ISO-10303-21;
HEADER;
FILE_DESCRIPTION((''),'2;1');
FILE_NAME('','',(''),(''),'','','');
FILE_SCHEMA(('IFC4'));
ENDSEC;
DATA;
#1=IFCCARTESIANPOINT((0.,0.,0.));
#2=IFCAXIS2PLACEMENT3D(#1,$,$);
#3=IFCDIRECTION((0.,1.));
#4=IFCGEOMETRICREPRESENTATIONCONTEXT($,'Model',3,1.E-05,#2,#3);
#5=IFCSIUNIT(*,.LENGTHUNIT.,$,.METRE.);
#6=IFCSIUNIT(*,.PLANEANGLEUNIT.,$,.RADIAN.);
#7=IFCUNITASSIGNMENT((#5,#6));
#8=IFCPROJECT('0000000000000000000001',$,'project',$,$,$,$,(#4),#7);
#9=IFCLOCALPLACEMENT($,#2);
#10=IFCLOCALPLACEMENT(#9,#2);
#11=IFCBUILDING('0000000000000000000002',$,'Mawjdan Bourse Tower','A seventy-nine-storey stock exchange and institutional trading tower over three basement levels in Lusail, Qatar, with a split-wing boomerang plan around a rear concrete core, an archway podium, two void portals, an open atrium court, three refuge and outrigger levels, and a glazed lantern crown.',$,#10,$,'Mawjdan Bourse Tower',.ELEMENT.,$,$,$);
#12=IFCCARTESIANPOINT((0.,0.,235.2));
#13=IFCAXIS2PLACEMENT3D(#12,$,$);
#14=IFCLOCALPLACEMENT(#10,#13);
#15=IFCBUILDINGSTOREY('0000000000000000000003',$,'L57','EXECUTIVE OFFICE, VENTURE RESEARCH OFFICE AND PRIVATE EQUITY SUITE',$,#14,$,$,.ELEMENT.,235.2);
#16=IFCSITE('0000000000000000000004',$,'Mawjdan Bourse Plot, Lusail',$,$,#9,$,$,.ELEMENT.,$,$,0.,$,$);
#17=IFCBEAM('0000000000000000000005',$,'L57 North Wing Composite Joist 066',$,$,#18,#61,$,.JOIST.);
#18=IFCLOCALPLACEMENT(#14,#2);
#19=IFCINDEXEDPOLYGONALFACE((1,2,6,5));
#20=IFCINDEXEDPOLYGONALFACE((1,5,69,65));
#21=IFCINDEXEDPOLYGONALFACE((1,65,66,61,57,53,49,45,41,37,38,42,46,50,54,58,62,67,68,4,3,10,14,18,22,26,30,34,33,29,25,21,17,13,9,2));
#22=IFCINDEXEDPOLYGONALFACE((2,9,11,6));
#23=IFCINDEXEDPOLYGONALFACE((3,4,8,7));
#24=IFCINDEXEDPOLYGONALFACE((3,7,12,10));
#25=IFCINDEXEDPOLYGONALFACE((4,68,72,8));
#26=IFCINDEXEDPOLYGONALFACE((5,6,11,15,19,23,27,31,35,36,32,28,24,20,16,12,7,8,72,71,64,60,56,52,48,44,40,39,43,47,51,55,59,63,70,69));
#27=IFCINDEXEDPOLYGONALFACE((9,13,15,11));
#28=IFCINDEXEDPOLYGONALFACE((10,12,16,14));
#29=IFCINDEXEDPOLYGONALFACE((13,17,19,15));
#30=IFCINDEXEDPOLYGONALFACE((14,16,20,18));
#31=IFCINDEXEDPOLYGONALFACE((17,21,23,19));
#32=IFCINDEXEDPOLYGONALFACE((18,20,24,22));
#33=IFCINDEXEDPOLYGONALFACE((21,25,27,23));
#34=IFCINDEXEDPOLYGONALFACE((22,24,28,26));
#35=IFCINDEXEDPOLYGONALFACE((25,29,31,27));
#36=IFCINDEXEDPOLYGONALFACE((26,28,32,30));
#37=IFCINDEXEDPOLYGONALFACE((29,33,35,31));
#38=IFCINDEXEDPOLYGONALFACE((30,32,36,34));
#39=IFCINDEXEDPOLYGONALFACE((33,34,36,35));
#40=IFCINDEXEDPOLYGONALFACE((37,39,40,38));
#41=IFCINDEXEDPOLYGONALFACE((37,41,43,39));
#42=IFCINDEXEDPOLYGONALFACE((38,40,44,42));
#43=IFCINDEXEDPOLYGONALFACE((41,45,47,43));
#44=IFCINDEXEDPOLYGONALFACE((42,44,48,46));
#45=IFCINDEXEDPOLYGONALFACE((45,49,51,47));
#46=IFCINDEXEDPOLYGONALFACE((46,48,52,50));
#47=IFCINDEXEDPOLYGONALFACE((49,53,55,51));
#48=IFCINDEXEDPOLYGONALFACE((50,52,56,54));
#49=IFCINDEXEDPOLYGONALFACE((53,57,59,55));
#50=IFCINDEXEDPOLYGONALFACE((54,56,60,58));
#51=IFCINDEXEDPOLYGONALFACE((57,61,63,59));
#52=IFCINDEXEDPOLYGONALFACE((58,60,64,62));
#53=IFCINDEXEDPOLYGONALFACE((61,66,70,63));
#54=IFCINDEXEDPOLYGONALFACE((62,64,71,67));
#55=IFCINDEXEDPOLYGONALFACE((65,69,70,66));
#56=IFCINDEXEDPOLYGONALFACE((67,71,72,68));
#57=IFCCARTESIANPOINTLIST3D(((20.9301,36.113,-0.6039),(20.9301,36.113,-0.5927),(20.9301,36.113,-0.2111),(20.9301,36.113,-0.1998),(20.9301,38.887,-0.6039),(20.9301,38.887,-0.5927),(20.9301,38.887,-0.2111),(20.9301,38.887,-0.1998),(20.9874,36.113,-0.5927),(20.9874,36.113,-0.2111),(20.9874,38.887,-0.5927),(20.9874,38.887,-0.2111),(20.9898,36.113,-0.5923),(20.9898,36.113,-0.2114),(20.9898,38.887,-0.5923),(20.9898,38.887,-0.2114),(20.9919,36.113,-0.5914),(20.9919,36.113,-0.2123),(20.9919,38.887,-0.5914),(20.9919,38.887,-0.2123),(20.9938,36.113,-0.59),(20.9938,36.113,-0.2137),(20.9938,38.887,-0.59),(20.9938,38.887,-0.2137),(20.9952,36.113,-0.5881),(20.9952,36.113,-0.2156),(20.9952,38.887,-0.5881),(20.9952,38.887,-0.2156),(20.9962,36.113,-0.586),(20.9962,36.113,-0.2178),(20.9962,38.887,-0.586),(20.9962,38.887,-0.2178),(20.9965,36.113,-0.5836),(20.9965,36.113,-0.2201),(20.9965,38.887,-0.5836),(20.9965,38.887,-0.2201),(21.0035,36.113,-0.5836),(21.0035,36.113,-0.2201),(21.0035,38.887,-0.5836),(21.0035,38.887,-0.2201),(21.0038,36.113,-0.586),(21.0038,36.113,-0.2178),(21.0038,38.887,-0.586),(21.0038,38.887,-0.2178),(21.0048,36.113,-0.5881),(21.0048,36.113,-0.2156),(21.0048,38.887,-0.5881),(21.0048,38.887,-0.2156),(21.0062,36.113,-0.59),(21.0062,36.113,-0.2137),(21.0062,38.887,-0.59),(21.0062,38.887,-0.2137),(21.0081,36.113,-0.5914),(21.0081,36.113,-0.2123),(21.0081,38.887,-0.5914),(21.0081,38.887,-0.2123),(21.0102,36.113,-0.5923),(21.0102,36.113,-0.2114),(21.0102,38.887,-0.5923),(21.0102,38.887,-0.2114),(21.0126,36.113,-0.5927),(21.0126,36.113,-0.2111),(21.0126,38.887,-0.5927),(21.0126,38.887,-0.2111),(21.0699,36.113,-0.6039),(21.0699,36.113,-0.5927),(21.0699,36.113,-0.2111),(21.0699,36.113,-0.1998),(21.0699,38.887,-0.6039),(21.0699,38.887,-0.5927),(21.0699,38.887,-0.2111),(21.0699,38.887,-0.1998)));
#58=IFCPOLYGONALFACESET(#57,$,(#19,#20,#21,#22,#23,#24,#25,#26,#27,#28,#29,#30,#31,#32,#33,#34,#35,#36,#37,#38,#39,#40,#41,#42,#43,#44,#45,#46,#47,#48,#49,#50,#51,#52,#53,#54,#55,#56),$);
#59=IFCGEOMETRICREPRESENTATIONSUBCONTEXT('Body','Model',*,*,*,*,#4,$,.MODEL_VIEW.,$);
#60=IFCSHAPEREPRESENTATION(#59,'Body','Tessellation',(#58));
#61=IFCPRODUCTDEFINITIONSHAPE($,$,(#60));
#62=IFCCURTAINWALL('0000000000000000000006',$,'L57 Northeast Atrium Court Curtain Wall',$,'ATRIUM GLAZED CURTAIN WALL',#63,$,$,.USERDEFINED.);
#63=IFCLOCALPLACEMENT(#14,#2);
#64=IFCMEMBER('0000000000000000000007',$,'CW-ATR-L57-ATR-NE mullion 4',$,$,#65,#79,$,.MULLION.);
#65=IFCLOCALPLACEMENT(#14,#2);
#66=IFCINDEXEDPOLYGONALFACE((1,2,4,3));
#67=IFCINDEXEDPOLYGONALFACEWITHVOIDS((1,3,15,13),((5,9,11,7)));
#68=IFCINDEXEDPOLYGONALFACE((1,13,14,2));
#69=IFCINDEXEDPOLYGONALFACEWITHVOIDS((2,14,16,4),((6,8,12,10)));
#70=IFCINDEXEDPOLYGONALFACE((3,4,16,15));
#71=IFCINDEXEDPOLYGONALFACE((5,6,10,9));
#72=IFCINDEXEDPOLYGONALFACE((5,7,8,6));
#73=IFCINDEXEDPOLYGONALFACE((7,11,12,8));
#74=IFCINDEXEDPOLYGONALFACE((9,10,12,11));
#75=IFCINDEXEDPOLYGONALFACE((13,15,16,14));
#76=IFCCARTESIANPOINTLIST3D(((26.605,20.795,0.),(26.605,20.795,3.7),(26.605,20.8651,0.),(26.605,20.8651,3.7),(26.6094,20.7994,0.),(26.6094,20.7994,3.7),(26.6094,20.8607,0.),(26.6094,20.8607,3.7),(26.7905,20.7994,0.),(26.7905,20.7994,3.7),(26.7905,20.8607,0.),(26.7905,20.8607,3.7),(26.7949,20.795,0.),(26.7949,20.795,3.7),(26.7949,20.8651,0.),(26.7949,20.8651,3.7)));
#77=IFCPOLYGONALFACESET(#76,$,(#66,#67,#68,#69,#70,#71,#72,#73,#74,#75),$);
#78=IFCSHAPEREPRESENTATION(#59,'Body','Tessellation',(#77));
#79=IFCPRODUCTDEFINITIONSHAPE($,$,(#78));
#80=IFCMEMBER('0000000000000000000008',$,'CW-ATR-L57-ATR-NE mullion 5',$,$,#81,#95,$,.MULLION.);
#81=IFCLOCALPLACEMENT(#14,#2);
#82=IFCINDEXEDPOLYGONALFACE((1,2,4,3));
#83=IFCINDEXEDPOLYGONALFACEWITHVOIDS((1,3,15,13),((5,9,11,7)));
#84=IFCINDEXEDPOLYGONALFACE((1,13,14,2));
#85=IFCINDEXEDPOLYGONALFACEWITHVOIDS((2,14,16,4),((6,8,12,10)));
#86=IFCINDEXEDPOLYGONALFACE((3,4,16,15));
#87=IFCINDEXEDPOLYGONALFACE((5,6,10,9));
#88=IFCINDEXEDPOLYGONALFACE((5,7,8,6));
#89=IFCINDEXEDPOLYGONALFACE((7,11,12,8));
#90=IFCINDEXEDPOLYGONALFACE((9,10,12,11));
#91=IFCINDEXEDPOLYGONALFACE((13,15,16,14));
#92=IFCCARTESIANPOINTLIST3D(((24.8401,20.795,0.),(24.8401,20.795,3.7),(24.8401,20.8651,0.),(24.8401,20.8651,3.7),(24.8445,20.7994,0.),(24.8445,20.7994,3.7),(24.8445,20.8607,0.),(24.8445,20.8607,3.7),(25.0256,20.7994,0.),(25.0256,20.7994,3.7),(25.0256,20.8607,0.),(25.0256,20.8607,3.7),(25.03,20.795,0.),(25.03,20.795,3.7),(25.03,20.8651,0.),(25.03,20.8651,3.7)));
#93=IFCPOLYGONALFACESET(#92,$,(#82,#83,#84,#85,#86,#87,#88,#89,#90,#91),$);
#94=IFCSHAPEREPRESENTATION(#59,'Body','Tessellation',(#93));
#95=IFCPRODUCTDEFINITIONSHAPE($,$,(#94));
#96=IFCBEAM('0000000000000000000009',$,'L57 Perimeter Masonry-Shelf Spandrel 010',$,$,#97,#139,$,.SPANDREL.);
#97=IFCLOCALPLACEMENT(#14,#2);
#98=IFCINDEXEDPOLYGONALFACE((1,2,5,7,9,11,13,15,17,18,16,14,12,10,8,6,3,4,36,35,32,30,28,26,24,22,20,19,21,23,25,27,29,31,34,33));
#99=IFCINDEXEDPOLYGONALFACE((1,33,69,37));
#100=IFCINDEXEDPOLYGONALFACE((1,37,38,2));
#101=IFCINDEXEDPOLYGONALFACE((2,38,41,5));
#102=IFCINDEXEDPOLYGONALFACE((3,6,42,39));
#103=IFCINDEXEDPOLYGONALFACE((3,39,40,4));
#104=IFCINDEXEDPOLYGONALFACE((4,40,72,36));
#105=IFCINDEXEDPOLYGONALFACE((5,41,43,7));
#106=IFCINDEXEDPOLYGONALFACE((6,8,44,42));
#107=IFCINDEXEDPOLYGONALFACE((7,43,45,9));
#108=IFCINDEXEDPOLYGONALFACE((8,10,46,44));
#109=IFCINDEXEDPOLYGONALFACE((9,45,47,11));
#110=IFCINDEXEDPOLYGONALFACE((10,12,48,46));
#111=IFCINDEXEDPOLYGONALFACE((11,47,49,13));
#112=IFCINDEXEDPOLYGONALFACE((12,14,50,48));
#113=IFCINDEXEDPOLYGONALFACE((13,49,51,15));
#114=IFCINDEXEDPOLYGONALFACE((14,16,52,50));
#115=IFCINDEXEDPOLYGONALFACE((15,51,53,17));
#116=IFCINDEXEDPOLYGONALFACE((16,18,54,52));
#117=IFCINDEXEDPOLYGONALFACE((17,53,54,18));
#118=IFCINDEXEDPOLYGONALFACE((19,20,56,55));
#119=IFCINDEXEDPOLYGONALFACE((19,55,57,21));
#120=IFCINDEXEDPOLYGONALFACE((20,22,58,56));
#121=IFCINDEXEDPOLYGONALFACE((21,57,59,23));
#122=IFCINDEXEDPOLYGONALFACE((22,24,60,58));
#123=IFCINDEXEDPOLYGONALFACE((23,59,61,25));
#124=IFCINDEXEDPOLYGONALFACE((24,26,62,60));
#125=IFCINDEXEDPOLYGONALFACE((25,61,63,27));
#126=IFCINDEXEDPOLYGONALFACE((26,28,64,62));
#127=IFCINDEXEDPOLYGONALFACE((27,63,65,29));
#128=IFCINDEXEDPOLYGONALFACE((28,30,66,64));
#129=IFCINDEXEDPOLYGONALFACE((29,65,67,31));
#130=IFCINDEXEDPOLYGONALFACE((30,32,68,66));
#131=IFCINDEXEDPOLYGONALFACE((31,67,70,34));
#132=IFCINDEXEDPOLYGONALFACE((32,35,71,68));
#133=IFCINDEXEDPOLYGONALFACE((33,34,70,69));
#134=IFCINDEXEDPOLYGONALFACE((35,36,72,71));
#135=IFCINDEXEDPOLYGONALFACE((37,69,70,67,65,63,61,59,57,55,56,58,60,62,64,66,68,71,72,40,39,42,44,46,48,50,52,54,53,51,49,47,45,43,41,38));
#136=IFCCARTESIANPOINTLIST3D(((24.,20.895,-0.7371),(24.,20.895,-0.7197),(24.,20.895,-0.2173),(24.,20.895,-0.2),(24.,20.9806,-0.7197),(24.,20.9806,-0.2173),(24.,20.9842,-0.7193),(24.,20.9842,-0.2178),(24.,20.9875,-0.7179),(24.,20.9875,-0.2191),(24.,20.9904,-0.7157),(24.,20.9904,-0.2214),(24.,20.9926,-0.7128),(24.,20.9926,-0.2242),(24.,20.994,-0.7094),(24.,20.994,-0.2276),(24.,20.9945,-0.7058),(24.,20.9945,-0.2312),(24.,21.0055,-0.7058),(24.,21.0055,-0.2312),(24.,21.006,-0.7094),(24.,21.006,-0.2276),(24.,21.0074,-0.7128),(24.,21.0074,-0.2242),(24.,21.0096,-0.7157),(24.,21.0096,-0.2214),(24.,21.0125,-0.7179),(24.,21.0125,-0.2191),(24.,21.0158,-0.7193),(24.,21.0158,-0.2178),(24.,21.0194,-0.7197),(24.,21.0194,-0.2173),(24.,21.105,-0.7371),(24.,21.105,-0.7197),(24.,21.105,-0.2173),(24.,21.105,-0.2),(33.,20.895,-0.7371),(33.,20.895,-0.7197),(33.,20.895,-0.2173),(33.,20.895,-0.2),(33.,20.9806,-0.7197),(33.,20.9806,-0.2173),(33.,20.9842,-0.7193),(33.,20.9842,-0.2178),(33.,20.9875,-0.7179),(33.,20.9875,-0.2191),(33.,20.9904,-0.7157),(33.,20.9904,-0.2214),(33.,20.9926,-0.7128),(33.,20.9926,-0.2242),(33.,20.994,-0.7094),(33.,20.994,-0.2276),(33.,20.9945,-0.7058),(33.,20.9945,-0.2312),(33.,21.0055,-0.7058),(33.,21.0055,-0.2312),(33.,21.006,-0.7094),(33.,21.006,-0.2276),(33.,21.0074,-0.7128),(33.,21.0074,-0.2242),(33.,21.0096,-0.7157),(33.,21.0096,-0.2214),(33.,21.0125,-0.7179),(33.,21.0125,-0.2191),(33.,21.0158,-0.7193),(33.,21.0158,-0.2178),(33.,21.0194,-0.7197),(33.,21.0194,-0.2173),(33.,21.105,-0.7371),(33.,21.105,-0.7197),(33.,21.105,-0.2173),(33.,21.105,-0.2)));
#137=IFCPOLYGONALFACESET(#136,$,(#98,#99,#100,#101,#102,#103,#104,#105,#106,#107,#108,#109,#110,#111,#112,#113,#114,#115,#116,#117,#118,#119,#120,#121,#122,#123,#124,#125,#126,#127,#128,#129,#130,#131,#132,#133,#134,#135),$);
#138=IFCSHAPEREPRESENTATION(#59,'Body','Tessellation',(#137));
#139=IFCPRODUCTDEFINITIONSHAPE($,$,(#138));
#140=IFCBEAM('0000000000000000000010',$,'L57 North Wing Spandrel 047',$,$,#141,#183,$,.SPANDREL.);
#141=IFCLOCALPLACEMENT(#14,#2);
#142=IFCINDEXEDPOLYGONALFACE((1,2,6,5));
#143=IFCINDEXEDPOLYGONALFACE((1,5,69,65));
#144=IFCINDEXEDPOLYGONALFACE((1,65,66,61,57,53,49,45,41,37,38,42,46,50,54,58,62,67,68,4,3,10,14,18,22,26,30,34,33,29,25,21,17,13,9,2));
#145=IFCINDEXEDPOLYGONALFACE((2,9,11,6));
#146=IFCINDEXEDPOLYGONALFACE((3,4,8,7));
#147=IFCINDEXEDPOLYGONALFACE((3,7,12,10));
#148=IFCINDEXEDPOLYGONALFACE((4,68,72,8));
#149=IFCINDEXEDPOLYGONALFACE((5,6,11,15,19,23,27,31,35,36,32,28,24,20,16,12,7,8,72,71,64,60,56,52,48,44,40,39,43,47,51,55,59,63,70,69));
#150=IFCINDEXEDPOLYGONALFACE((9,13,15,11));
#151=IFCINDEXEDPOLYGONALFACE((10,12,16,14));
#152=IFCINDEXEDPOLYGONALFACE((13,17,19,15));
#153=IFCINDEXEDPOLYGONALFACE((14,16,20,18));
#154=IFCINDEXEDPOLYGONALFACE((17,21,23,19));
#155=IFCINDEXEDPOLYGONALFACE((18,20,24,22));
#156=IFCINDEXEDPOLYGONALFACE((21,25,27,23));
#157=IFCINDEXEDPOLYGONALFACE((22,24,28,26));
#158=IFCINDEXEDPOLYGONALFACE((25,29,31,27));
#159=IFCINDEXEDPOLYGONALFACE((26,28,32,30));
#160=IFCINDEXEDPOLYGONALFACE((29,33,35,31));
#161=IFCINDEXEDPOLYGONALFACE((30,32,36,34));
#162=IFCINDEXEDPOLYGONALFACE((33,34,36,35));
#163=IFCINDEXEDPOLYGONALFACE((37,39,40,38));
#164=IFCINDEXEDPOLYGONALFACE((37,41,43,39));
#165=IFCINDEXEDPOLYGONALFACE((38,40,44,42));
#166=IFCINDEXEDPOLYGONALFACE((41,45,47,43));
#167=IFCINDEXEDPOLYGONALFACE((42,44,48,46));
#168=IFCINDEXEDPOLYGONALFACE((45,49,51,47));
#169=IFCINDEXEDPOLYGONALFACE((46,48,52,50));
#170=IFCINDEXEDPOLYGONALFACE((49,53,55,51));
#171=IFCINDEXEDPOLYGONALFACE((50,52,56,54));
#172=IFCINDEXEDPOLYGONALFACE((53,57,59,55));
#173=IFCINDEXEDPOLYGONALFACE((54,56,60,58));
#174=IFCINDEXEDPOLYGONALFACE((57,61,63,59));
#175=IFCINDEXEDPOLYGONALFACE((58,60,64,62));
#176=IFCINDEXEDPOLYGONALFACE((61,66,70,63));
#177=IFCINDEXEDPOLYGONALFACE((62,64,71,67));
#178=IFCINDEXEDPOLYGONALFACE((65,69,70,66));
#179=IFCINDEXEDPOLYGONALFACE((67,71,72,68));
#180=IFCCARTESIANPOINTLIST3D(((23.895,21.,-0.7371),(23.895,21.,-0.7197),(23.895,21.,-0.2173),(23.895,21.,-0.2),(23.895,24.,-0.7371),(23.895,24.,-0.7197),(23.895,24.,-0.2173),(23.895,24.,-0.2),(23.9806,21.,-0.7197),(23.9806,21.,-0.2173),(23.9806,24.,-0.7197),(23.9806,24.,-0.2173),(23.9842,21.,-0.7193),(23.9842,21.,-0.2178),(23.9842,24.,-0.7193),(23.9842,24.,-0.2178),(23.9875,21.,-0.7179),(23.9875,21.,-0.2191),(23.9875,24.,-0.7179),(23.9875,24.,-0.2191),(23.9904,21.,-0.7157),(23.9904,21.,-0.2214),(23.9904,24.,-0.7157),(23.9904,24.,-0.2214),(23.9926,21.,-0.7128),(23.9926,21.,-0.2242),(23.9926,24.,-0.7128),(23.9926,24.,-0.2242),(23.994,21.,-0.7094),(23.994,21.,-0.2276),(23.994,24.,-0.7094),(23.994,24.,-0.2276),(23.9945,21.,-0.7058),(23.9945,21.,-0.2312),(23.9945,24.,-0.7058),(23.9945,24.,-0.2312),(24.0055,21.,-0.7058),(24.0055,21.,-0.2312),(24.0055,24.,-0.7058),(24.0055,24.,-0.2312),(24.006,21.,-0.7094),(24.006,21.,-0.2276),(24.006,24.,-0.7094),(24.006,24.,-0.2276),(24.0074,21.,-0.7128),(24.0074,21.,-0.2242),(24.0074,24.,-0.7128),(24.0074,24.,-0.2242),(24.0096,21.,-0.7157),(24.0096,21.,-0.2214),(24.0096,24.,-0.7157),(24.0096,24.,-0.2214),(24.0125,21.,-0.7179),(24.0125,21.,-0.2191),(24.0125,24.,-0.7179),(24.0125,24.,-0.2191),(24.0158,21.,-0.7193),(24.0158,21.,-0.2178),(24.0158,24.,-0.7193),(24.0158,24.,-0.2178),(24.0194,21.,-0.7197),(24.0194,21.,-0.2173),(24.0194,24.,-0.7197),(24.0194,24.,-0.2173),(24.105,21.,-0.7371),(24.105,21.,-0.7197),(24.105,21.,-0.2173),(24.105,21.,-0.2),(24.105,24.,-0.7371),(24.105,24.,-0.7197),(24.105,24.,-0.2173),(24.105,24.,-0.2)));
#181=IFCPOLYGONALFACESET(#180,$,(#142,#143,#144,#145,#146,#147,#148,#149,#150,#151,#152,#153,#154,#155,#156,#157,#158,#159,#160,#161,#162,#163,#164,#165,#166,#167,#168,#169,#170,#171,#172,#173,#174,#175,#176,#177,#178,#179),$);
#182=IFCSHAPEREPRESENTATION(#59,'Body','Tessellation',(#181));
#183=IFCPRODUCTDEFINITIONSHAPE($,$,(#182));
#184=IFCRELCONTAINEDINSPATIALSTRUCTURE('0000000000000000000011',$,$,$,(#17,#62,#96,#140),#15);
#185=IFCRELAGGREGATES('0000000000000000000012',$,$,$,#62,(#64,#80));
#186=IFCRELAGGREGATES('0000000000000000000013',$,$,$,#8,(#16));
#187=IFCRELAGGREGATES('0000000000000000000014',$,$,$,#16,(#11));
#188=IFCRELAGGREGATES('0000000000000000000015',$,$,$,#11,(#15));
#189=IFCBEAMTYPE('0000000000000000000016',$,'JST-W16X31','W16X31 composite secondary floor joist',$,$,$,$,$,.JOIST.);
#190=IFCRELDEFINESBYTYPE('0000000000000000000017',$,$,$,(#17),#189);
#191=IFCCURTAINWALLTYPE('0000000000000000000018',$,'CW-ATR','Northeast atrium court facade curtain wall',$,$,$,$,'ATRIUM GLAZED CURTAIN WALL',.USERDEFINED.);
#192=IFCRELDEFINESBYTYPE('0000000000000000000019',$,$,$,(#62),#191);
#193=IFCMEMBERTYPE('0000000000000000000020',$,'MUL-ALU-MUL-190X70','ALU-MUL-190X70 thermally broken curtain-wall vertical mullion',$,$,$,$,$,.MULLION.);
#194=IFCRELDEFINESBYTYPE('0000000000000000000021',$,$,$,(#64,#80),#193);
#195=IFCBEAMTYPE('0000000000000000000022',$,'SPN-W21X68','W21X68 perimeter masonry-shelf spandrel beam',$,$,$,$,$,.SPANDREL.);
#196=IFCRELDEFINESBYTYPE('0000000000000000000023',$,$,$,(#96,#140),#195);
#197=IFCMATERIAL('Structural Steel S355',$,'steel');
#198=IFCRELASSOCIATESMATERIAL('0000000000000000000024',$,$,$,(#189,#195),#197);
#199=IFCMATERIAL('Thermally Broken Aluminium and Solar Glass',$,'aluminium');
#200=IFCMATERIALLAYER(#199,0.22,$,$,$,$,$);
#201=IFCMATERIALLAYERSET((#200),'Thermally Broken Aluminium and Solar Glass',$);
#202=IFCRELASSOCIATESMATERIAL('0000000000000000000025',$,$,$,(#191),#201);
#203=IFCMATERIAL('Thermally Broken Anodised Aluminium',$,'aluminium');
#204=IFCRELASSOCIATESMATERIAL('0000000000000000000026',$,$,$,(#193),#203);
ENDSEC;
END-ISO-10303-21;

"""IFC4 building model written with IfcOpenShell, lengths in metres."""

from ifc_helpers import new_model, si_unit, direction, frame, origin, origin_2d, place, context, subcontext, project, spatial, hollow_rectangle, i_section, extrude, material, layer, layer_set, material_profile, profile_set, type_object, element, aggregate, save


model = new_model("IFC4")

# Units and contexts
model_context = context("Model", 3, precision=1e-05, world=origin(), true_north=direction((0.0, 1.0)))
body_context = subcontext(model_context, "Body", "Model", "MODEL_VIEW")
ifc_project = project(units=[si_unit("LENGTHUNIT", "METRE"), si_unit("PLANEANGLEUNIT", "RADIAN")], contexts=[model_context])

# Site, building, storey
site_placement = place(None, origin())
site = spatial("IfcSite", under=ifc_project, at=site_placement, Name="Mawjdan Bourse Plot, Lusail", CompositionType="ELEMENT", RefElevation=0.0)
building_placement = place(site_placement, origin())
building = spatial("IfcBuilding", under=site, at=building_placement, Name="Mawjdan Bourse Tower", Description="A seventy-nine-storey stock exchange and institutional trading tower over three basement levels in Lusail, Qatar, with a split-wing boomerang plan around a rear concrete core, an archway podium, two void portals, an open atrium court, three refuge and outrigger levels, and a glazed lantern crown.", LongName="Mawjdan Bourse Tower", CompositionType="ELEMENT")
storey_placement = place(building_placement, frame((0.0, 0.0, 235.2)))
storey = spatial("IfcBuildingStorey", under=building, at=storey_placement, Name="L57", Description="EXECUTIVE OFFICE, VENTURE RESEARCH OFFICE AND PRIVATE EQUITY SUITE", CompositionType="ELEMENT", Elevation=235.2)

# Beam
ifc_material_1 = material(Name="Structural Steel S355", Category="steel")
ifc_material_profile_1 = material_profile(ifc_material_1, i_section(OverallWidth=0.1399, OverallDepth=0.4041, WebThickness=0.0071, FlangeThickness=0.0112, FilletRadius=0.009, at=origin_2d()), Name="W16X31")
ifc_profile_set_1 = profile_set([ifc_material_profile_1], Name="Structural Steel S355")
beam_type_1 = type_object("IfcBeamType", Name="JST-W16X31", Description="W16X31 composite secondary floor joist", PredefinedType="JOIST", material=ifc_profile_set_1)
beam_1_placement = place(storey_placement, frame((21.0, 36.113, -0.4019), z_axis=(0.0, 1.0, 0.0), x_axis=(-1.0, 0.0, 0.0)))
element("IfcBeam", 1, at=beam_1_placement, inside=storey, type_object=beam_type_1, Name="L57 North Wing Composite Joist 066", PredefinedType="JOIST", context=body_context, shape_type="SweptSolid", body=[
    extrude(i_section(OverallWidth=0.1399, OverallDepth=0.4041, WebThickness=0.0071, FlangeThickness=0.0112, FilletRadius=0.009, at=origin_2d()), origin(), (0.0, 0.0, 1.0), 2.7739),
])

# Curtain wall, members
ifc_material_2 = material(Name="Thermally Broken Aluminium and Solar Glass", Category="aluminium")
ifc_layer_1 = layer(ifc_material_2, 0.22)
ifc_layer_set_1 = layer_set([ifc_layer_1], Name="Thermally Broken Aluminium and Solar Glass")
curtain_wall_type = type_object("IfcCurtainWallType", Name="CW-ATR", Description="Northeast atrium court facade curtain wall", ElementType="ATRIUM GLAZED CURTAIN WALL", PredefinedType="USERDEFINED", material=ifc_layer_set_1)
curtain_wall_placement = place(storey_placement, origin())
curtain_wall = element("IfcCurtainWall", 2, at=curtain_wall_placement, inside=storey, type_object=curtain_wall_type, Name="L57 Northeast Atrium Court Curtain Wall", ObjectType="ATRIUM GLAZED CURTAIN WALL", PredefinedType="USERDEFINED")
ifc_material_3 = material(Name="Thermally Broken Anodised Aluminium", Category="aluminium")
ifc_material_profile_2 = material_profile(ifc_material_3, hollow_rectangle(XDim=0.0701, YDim=0.1899, WallThickness=0.0044, at=origin_2d()), Name="ALU-MUL-190X70")
ifc_profile_set_2 = profile_set([ifc_material_profile_2], Name="Thermally Broken Anodised Aluminium")
member_type_1 = type_object("IfcMemberType", Name="MUL-ALU-MUL-190X70", Description="ALU-MUL-190X70 thermally broken curtain-wall vertical mullion", PredefinedType="MULLION", material=ifc_profile_set_2)
member_1_placement = place(storey_placement, frame((26.7, 20.8301, 0.0), z_axis=(0.0, 0.0, 1.0), x_axis=(0.0, -1.0, 0.0)))
member_1 = element("IfcMember", 3, at=member_1_placement, type_object=member_type_1, Name="CW-ATR-L57-ATR-NE mullion 4", PredefinedType="MULLION", context=body_context, shape_type="SweptSolid", body=[
    extrude(hollow_rectangle(XDim=0.0701, YDim=0.1899, WallThickness=0.0044, at=origin_2d()), origin(), (0.0, 0.0, 1.0), 3.7),
])
member_2_placement = place(storey_placement, frame((24.9351, 20.8301, 0.0), z_axis=(0.0, 0.0, 1.0), x_axis=(0.0, -1.0, 0.0)))
member_2 = element("IfcMember", 4, at=member_2_placement, type_object=member_type_1, Name="CW-ATR-L57-ATR-NE mullion 5", PredefinedType="MULLION", context=body_context, shape_type="SweptSolid", body=[
    extrude(hollow_rectangle(XDim=0.0701, YDim=0.1899, WallThickness=0.0044, at=origin_2d()), origin(), (0.0, 0.0, 1.0), 3.7),
])

# Beams
ifc_material_profile_3 = material_profile(ifc_material_1, i_section(OverallWidth=0.21, OverallDepth=0.5371, WebThickness=0.011, FlangeThickness=0.0173, FilletRadius=0.0139, at=origin_2d()), Name="W21X68")
ifc_profile_set_3 = profile_set([ifc_material_profile_3], Name="Structural Steel S355")
beam_type_2 = type_object("IfcBeamType", Name="SPN-W21X68", Description="W21X68 perimeter masonry-shelf spandrel beam", PredefinedType="SPANDREL", material=ifc_profile_set_3)
beam_2_placement = place(storey_placement, frame((24.0, 21.0, -0.4685), z_axis=(1.0, 0.0, 0.0), x_axis=(0.0, 1.0, 0.0)))
element("IfcBeam", 5, at=beam_2_placement, inside=storey, type_object=beam_type_2, Name="L57 Perimeter Masonry-Shelf Spandrel 010", PredefinedType="SPANDREL", context=body_context, shape_type="SweptSolid", body=[
    extrude(i_section(OverallWidth=0.21, OverallDepth=0.5371, WebThickness=0.011, FlangeThickness=0.0173, FilletRadius=0.0139, at=origin_2d()), origin(), (0.0, 0.0, 1.0), 9.0),
])
beam_3_placement = place(storey_placement, frame((24.0, 21.0, -0.4685), z_axis=(0.0, 1.0, 0.0), x_axis=(-1.0, 0.0, 0.0)))
element("IfcBeam", 6, at=beam_3_placement, inside=storey, type_object=beam_type_2, Name="L57 North Wing Spandrel 047", PredefinedType="SPANDREL", context=body_context, shape_type="SweptSolid", body=[
    extrude(i_section(OverallWidth=0.21, OverallDepth=0.5371, WebThickness=0.011, FlangeThickness=0.0173, FilletRadius=0.0139, at=origin_2d()), origin(), (0.0, 0.0, 1.0), 3.0),
])

aggregate(curtain_wall, [member_1, member_2])

save(model, "model.ifc")
